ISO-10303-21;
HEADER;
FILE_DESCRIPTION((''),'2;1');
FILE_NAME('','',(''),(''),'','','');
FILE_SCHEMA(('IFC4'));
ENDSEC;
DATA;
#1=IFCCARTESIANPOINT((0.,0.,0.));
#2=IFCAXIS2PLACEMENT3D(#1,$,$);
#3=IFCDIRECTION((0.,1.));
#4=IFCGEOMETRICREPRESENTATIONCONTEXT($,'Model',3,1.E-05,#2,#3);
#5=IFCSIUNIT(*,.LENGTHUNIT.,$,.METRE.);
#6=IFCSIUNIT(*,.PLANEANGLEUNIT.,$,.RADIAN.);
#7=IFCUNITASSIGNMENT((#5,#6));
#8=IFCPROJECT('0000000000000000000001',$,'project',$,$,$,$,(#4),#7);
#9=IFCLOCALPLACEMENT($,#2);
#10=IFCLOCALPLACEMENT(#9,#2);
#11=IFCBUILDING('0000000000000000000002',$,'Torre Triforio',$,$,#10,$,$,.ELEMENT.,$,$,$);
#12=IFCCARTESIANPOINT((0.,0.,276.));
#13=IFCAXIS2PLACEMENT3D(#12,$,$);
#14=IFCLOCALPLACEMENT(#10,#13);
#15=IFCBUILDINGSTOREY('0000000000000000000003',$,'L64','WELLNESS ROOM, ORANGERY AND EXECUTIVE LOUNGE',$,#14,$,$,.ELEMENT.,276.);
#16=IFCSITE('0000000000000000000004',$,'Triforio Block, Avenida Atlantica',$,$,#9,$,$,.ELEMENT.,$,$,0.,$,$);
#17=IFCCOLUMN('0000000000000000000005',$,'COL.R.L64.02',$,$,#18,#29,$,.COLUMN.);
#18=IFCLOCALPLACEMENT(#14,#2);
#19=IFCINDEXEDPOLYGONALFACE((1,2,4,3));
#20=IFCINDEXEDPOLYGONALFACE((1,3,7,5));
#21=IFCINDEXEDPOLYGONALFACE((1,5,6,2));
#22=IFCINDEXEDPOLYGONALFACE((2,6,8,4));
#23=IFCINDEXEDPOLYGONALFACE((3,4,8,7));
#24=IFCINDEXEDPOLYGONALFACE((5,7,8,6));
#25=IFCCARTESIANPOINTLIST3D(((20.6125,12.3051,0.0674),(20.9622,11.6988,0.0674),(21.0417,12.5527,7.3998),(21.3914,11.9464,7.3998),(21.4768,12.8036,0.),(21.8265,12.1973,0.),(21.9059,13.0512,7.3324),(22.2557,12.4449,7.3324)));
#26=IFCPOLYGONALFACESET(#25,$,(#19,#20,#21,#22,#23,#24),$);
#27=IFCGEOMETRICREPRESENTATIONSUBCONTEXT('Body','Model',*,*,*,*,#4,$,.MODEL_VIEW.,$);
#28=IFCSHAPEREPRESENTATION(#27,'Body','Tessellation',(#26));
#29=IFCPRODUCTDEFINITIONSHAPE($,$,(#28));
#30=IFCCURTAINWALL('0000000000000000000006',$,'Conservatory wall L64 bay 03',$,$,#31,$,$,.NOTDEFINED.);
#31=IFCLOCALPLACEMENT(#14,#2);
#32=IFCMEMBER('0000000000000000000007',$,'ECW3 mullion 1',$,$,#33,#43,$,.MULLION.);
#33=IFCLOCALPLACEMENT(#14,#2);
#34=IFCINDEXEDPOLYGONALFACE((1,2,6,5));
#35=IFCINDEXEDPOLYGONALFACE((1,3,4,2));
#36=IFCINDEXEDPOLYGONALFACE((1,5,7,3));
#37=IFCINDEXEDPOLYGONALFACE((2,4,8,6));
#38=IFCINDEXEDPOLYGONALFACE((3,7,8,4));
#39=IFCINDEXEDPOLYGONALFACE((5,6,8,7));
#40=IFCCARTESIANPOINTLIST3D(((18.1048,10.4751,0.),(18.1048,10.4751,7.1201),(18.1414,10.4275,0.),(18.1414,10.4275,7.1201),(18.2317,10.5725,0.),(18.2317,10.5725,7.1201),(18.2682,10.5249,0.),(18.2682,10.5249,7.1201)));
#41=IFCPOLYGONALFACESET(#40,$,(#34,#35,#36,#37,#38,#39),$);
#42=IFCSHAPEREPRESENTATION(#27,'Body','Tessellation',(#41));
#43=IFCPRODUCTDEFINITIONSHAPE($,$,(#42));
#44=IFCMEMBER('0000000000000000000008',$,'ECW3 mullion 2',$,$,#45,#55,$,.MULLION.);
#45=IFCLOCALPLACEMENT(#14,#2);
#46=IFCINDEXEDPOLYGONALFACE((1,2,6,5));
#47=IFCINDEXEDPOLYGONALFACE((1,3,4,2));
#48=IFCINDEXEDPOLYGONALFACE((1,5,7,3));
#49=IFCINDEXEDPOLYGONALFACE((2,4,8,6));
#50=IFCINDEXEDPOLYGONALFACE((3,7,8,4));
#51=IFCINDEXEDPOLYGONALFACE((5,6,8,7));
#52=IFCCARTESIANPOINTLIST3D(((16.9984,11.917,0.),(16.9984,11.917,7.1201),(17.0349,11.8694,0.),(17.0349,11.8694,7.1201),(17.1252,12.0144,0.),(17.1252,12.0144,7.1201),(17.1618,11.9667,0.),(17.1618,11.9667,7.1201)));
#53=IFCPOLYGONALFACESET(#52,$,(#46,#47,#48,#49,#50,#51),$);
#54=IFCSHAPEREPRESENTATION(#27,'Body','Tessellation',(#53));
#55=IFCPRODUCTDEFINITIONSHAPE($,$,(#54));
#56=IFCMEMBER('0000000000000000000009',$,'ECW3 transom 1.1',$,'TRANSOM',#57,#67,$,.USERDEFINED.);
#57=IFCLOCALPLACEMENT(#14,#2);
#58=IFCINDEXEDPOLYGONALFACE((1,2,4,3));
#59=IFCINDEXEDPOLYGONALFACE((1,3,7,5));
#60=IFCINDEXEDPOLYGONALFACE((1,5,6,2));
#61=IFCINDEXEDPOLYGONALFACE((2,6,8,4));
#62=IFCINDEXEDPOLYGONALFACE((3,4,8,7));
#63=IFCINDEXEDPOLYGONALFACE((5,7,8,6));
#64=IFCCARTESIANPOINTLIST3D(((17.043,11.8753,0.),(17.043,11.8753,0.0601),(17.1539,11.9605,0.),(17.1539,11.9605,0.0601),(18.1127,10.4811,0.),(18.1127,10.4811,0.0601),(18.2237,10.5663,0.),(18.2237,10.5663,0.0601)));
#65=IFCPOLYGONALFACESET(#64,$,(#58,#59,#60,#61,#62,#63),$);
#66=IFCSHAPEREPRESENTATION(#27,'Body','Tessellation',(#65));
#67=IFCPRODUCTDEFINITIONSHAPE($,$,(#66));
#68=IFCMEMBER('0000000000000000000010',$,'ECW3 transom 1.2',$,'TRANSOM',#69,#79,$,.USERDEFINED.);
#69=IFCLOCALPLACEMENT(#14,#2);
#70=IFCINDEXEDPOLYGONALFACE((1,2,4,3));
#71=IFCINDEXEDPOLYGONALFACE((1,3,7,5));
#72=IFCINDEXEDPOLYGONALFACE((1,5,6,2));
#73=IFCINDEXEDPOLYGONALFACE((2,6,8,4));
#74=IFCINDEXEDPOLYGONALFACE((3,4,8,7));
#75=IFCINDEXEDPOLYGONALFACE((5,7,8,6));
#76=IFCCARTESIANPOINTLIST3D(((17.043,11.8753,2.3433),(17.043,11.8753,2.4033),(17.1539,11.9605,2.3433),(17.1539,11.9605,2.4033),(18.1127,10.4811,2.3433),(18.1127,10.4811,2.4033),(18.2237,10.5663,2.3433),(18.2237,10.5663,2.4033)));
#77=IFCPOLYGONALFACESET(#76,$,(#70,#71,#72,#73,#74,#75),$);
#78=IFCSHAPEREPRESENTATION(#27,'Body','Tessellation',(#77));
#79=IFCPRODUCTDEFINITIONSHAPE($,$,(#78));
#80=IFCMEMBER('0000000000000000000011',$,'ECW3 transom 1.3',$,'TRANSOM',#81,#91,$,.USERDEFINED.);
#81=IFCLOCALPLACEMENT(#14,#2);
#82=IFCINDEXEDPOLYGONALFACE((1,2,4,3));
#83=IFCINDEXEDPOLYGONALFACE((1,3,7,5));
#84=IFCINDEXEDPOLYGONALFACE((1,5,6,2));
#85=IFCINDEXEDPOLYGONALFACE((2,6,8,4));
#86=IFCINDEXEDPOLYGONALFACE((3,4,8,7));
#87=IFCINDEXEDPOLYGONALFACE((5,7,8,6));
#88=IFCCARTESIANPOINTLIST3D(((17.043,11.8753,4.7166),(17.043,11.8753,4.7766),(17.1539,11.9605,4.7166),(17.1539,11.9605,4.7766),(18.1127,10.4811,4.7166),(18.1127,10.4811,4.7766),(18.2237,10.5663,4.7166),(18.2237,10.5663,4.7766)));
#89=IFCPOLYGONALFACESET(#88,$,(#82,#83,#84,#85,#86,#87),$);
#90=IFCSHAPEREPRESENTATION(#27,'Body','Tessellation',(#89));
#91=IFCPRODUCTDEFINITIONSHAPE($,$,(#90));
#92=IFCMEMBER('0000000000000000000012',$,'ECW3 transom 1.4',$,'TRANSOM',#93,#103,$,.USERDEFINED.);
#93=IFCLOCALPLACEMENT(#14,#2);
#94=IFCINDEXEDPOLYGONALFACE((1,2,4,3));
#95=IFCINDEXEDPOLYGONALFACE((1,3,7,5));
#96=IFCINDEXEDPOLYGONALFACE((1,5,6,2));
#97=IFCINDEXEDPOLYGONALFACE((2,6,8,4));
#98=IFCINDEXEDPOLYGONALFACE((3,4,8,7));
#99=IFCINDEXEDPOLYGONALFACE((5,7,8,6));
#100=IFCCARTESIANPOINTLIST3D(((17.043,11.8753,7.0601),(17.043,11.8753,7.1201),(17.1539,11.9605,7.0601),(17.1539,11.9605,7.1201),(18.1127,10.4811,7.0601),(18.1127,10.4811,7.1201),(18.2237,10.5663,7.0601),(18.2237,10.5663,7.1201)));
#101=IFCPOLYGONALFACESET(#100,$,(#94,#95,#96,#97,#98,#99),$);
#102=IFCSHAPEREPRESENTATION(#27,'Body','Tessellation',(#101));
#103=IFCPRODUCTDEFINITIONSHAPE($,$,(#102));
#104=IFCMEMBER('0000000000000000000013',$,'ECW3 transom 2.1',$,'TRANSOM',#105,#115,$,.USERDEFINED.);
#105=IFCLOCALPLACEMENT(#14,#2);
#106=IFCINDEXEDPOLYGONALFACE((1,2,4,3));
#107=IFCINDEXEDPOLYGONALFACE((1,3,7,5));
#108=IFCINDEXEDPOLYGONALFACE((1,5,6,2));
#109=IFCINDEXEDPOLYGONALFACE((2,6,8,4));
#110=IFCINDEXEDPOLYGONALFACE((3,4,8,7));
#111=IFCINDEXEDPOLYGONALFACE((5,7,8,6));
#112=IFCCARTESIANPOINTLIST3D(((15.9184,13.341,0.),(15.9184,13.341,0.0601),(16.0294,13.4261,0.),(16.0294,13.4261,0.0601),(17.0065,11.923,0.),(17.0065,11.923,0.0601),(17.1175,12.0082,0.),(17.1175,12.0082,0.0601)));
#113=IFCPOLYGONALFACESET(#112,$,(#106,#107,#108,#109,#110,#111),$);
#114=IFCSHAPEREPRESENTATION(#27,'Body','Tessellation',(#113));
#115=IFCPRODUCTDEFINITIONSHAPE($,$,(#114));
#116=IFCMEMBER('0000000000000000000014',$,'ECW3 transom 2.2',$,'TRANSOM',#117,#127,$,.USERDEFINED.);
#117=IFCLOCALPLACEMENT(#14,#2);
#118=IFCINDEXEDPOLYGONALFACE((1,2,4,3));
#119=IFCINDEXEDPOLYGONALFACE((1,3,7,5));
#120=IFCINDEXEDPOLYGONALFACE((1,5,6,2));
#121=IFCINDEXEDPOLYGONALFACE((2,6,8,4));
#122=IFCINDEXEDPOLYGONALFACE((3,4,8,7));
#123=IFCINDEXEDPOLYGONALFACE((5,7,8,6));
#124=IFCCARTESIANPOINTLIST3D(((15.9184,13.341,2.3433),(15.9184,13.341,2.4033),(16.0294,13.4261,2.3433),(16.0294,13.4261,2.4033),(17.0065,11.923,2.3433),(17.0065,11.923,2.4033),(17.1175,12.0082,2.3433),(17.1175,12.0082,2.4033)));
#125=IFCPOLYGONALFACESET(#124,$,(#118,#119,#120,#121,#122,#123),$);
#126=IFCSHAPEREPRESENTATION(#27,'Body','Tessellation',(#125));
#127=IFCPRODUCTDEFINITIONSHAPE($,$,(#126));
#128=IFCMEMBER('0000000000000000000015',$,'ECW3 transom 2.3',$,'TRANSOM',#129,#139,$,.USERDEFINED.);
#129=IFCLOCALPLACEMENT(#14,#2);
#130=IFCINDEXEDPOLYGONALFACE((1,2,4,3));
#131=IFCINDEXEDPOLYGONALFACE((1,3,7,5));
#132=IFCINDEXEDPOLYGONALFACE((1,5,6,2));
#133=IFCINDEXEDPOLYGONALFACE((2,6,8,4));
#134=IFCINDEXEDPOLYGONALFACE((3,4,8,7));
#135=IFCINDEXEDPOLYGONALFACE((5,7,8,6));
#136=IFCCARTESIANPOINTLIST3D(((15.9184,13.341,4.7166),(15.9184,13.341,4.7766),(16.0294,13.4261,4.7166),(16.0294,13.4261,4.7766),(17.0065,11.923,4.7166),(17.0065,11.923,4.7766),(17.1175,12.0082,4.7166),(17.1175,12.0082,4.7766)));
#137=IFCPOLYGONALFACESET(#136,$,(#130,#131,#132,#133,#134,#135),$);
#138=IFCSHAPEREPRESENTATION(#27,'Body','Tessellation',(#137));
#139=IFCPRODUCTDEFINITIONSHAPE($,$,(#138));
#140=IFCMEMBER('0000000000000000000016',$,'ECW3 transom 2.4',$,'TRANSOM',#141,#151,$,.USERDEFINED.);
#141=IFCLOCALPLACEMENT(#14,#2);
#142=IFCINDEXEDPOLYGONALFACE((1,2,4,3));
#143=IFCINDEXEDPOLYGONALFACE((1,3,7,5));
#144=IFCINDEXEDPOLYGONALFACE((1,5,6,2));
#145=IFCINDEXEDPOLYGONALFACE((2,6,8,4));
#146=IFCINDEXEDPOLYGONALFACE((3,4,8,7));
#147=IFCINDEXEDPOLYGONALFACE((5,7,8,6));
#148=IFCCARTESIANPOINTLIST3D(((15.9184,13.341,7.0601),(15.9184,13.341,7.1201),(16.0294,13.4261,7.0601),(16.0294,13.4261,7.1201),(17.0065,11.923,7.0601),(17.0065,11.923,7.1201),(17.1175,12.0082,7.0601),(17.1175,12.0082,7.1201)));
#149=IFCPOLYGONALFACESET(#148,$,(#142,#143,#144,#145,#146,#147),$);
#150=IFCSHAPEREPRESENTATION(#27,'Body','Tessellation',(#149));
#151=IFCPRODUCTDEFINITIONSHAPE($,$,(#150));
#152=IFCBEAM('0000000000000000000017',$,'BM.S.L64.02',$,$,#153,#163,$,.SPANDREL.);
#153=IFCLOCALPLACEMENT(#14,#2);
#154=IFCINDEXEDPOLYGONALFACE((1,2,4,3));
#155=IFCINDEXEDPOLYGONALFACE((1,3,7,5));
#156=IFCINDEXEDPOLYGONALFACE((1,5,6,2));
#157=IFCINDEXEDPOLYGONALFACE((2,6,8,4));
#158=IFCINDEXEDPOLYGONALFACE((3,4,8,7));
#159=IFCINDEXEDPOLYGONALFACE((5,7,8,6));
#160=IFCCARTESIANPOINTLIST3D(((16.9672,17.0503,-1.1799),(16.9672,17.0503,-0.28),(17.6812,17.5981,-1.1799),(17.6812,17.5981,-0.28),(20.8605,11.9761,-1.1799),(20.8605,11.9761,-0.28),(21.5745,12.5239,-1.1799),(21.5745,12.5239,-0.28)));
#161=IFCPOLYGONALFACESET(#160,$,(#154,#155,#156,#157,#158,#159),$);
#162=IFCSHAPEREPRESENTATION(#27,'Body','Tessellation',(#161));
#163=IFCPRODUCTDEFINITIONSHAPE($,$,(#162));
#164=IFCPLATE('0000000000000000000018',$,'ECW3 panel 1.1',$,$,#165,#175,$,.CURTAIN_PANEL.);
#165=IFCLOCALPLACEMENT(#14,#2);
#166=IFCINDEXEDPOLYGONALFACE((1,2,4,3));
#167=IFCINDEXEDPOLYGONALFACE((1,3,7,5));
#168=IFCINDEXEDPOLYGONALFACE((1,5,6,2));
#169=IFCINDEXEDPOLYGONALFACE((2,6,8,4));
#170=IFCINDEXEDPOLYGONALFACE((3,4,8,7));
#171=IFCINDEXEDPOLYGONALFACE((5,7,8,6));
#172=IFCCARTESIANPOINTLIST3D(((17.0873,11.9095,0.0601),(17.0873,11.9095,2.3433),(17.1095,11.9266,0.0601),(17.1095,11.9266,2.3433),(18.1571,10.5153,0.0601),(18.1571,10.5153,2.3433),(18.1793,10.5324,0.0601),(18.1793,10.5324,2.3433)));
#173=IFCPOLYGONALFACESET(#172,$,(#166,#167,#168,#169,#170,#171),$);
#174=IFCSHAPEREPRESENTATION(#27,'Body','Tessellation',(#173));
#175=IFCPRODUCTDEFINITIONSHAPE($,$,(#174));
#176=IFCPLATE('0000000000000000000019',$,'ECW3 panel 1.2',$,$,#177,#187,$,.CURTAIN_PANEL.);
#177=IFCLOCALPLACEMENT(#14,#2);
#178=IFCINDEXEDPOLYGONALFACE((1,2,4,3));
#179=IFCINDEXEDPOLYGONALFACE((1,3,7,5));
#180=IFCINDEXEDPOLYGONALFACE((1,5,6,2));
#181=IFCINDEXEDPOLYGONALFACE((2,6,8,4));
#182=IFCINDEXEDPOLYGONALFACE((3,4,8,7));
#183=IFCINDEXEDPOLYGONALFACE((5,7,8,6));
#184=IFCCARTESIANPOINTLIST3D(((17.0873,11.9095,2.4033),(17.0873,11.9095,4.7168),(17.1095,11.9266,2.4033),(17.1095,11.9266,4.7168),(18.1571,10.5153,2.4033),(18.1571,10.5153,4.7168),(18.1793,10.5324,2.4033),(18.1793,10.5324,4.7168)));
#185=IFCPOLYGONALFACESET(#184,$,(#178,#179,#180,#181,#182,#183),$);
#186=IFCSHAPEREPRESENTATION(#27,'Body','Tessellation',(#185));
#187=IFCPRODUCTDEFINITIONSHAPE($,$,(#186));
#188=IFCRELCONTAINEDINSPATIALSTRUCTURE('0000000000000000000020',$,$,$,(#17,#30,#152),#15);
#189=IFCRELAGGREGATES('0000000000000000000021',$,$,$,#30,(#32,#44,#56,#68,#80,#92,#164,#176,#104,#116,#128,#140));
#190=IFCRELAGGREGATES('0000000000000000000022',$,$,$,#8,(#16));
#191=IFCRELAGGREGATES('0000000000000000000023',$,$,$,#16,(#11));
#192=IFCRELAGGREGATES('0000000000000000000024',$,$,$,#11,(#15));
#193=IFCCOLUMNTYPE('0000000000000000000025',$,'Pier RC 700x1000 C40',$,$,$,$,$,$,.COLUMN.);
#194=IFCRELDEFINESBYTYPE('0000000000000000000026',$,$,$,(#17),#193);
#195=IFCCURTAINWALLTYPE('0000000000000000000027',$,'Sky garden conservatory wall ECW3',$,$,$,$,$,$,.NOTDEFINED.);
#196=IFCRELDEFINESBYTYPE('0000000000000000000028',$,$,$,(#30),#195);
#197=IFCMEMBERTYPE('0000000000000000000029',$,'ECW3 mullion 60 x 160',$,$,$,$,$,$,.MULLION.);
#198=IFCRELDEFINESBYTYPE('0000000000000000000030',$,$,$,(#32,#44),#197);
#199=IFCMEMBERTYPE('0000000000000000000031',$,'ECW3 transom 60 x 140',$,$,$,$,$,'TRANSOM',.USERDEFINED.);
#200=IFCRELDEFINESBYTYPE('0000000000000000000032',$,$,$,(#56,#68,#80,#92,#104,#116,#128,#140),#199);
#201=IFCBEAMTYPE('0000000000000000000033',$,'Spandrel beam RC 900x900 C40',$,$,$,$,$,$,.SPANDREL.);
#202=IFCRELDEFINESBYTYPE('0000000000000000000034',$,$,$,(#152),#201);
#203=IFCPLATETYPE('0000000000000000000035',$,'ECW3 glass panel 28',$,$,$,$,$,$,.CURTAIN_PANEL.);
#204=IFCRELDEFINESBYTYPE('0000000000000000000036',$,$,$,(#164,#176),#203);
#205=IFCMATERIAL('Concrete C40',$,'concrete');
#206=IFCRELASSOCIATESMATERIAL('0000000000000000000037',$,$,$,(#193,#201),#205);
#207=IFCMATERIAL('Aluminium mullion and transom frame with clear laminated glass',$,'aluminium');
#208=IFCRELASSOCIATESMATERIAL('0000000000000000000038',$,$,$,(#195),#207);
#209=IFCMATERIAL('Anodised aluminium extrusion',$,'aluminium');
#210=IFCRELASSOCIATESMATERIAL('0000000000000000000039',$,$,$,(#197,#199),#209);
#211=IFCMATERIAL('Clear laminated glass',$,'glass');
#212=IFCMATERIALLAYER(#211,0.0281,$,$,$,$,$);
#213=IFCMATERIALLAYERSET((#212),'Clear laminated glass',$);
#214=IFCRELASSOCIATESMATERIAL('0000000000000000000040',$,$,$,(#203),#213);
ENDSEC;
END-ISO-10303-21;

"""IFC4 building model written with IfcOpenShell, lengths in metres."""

from ifc_helpers import new_model, si_unit, direction, frame, origin, origin_2d, place, context, subcontext, project, spatial, rectangle, extrude, material, layer, layer_set, material_profile, profile_set, type_object, element, aggregate, save


model = new_model("IFC4")

# Units and contexts
model_context = context("Model", 3, precision=1e-05, world=origin(), true_north=direction((0.0, 1.0)))
body_context = subcontext(model_context, "Body", "Model", "MODEL_VIEW")
ifc_project = project(units=[si_unit("LENGTHUNIT", "METRE"), si_unit("PLANEANGLEUNIT", "RADIAN")], contexts=[model_context])

# Site, building, storey
site_placement = place(None, origin())
site = spatial("IfcSite", under=ifc_project, at=site_placement, Name="Triforio Block, Avenida Atlantica", CompositionType="ELEMENT", RefElevation=0.0)
building_placement = place(site_placement, origin())
building = spatial("IfcBuilding", under=site, at=building_placement, Name="Torre Triforio", CompositionType="ELEMENT")
storey_placement = place(building_placement, frame((0.0, 0.0, 276.0)))
storey = spatial("IfcBuildingStorey", under=building, at=storey_placement, Name="L64", Description="WELLNESS ROOM, ORANGERY AND EXECUTIVE LOUNGE", CompositionType="ELEMENT", Elevation=276.0)

# Column
ifc_material_1 = material(Name="Concrete C40", Category="concrete")
ifc_material_profile_1 = material_profile(ifc_material_1, rectangle(XDim=0.7, YDim=1.0, at=origin_2d()), Name="RC 700x1000")
ifc_profile_set_1 = profile_set([ifc_material_profile_1], Name="Concrete C40")
column_type = type_object("IfcColumnType", Name="Pier RC 700x1000 C40", PredefinedType="COLUMN", material=ifc_profile_set_1)
column_placement = place(storey_placement, frame((21.2195, 12.2512, 0.0337), z_axis=(0.0584, 0.033685, 0.997725), x_axis=(-0.499637, 0.866235, 0.0)))
element("IfcColumn", 1, at=column_placement, inside=storey, type_object=column_type, Name="COL.R.L64.02", PredefinedType="COLUMN", context=body_context, shape_type="SweptSolid", body=[
    extrude(rectangle(XDim=0.7, YDim=1.0, at=origin_2d()), origin(), (0.0, 0.0, 1.0), 7.3491),
])

# Curtain wall, members
ifc_material_2 = material(Name="Aluminium mullion and transom frame with clear laminated glass", Category="aluminium")
curtain_wall_type = type_object("IfcCurtainWallType", Name="Sky garden conservatory wall ECW3", PredefinedType="NOTDEFINED", material=ifc_material_2)
curtain_wall_placement = place(storey_placement, origin())
curtain_wall = element("IfcCurtainWall", 2, at=curtain_wall_placement, inside=storey, type_object=curtain_wall_type, Name="Conservatory wall L64 bay 03", PredefinedType="NOTDEFINED")
ifc_material_3 = material(Name="Anodised aluminium extrusion", Category="aluminium")
ifc_material_profile_2 = material_profile(ifc_material_3, rectangle(XDim=0.1599, YDim=0.0601, at=origin_2d()), Name="ECW3 MULLION 60x160")
ifc_profile_set_2 = profile_set([ifc_material_profile_2], Name="Anodised aluminium extrusion")
member_type_1 = type_object("IfcMemberType", Name="ECW3 mullion 60 x 160", PredefinedType="MULLION", material=ifc_profile_set_2)
member_1_placement = place(storey_placement, frame((18.1865, 10.5, 0.0), z_axis=(0.0, 0.0, 1.0), x_axis=(-0.793352, -0.608763, 0.0)))
member_1 = element("IfcMember", 3, at=member_1_placement, type_object=member_type_1, Name="ECW3 mullion 1", PredefinedType="MULLION", context=body_context, shape_type="SweptSolid", body=[
    extrude(rectangle(XDim=0.1599, YDim=0.0601, at=origin_2d()), origin(), (0.0, 0.0, 1.0), 7.1201),
])
member_2_placement = place(storey_placement, frame((17.0801, 11.9419, 0.0), z_axis=(0.0, 0.0, 1.0), x_axis=(-0.793352, -0.608763, 0.0)))
member_2 = element("IfcMember", 4, at=member_2_placement, type_object=member_type_1, Name="ECW3 mullion 2", PredefinedType="MULLION", context=body_context, shape_type="SweptSolid", body=[
    extrude(rectangle(XDim=0.1599, YDim=0.0601, at=origin_2d()), origin(), (0.0, 0.0, 1.0), 7.1201),
])
ifc_material_profile_3 = material_profile(ifc_material_3, rectangle(XDim=0.1399, YDim=0.0601, at=origin_2d()), Name="ECW3 TRANSOM 60x140")
ifc_profile_set_3 = profile_set([ifc_material_profile_3], Name="Anodised aluminium extrusion")
member_type_2 = type_object("IfcMemberType", Name="ECW3 transom 60 x 140", ElementType="TRANSOM", PredefinedType="USERDEFINED", material=ifc_profile_set_3)
member_3_placement = place(storey_placement, frame((18.1682, 10.5237, 0.03), z_axis=(-0.608744, 0.793367, 0.0), x_axis=(-0.793367, -0.608744, 0.0)))
member_3 = element("IfcMember", 5, at=member_3_placement, type_object=member_type_2, Name="ECW3 transom 1.1", ObjectType="TRANSOM", PredefinedType="USERDEFINED", context=body_context, shape_type="SweptSolid", body=[
    extrude(rectangle(XDim=0.1399, YDim=0.0601, at=origin_2d()), origin(), (0.0, 0.0, 1.0), 1.7573),
])
member_4_placement = place(storey_placement, frame((18.1682, 10.5237, 2.3733), z_axis=(-0.608744, 0.793367, 0.0), x_axis=(-0.793367, -0.608744, 0.0)))
member_4 = element("IfcMember", 6, at=member_4_placement, type_object=member_type_2, Name="ECW3 transom 1.2", ObjectType="TRANSOM", PredefinedType="USERDEFINED", context=body_context, shape_type="SweptSolid", body=[
    extrude(rectangle(XDim=0.1399, YDim=0.0601, at=origin_2d()), origin(), (0.0, 0.0, 1.0), 1.7573),
])
member_5_placement = place(storey_placement, frame((18.1682, 10.5237, 4.7466), z_axis=(-0.608744, 0.793367, 0.0), x_axis=(-0.793367, -0.608744, 0.0)))
member_5 = element("IfcMember", 7, at=member_5_placement, type_object=member_type_2, Name="ECW3 transom 1.3", ObjectType="TRANSOM", PredefinedType="USERDEFINED", context=body_context, shape_type="SweptSolid", body=[
    extrude(rectangle(XDim=0.1399, YDim=0.0601, at=origin_2d()), origin(), (0.0, 0.0, 1.0), 1.7573),
])
member_6_placement = place(storey_placement, frame((18.1682, 10.5237, 7.0901), z_axis=(-0.608744, 0.793367, 0.0), x_axis=(-0.793367, -0.608744, 0.0)))
member_6 = element("IfcMember", 8, at=member_6_placement, type_object=member_type_2, Name="ECW3 transom 1.4", ObjectType="TRANSOM", PredefinedType="USERDEFINED", context=body_context, shape_type="SweptSolid", body=[
    extrude(rectangle(XDim=0.1399, YDim=0.0601, at=origin_2d()), origin(), (0.0, 0.0, 1.0), 1.7573),
])
member_7_placement = place(storey_placement, frame((17.062, 11.9656, 0.03), z_axis=(-0.608793, 0.793329, 0.0), x_axis=(-0.793329, -0.608793, 0.0)))
member_7 = element("IfcMember", 9, at=member_7_placement, type_object=member_type_2, Name="ECW3 transom 2.1", ObjectType="TRANSOM", PredefinedType="USERDEFINED", context=body_context, shape_type="SweptSolid", body=[
    extrude(rectangle(XDim=0.1399, YDim=0.0601, at=origin_2d()), origin(), (0.0, 0.0, 1.0), 1.7874),
])
member_8_placement = place(storey_placement, frame((17.062, 11.9656, 2.3733), z_axis=(-0.608793, 0.793329, 0.0), x_axis=(-0.793329, -0.608793, 0.0)))
member_8 = element("IfcMember", 10, at=member_8_placement, type_object=member_type_2, Name="ECW3 transom 2.2", ObjectType="TRANSOM", PredefinedType="USERDEFINED", context=body_context, shape_type="SweptSolid", body=[
    extrude(rectangle(XDim=0.1399, YDim=0.0601, at=origin_2d()), origin(), (0.0, 0.0, 1.0), 1.7874),
])
member_9_placement = place(storey_placement, frame((17.062, 11.9656, 4.7466), z_axis=(-0.608793, 0.793329, 0.0), x_axis=(-0.793329, -0.608793, 0.0)))
member_9 = element("IfcMember", 11, at=member_9_placement, type_object=member_type_2, Name="ECW3 transom 2.3", ObjectType="TRANSOM", PredefinedType="USERDEFINED", context=body_context, shape_type="SweptSolid", body=[
    extrude(rectangle(XDim=0.1399, YDim=0.0601, at=origin_2d()), origin(), (0.0, 0.0, 1.0), 1.7874),
])
member_10_placement = place(storey_placement, frame((17.062, 11.9656, 7.0901), z_axis=(-0.608793, 0.793329, 0.0), x_axis=(-0.793329, -0.608793, 0.0)))
member_10 = element("IfcMember", 12, at=member_10_placement, type_object=member_type_2, Name="ECW3 transom 2.4", ObjectType="TRANSOM", PredefinedType="USERDEFINED", context=body_context, shape_type="SweptSolid", body=[
    extrude(rectangle(XDim=0.1399, YDim=0.0601, at=origin_2d()), origin(), (0.0, 0.0, 1.0), 1.7874),
])

# Beam
ifc_material_profile_4 = material_profile(ifc_material_1, rectangle(XDim=0.8999, YDim=0.8999, at=origin_2d()), Name="RC 900x900")
ifc_profile_set_4 = profile_set([ifc_material_profile_4], Name="Concrete C40")
beam_type = type_object("IfcBeamType", Name="Spandrel beam RC 900x900 C40", PredefinedType="SPANDREL", material=ifc_profile_set_4)
beam_placement = place(storey_placement, frame((21.2175, 12.25, -0.73), z_axis=(-0.608734, 0.793374, 0.0), x_axis=(-0.793374, -0.608734, 0.0)))
element("IfcBeam", 13, at=beam_placement, inside=storey, type_object=beam_type, Name="BM.S.L64.02", PredefinedType="SPANDREL", context=body_context, shape_type="SweptSolid", body=[
    extrude(rectangle(XDim=0.8999, YDim=0.8999, at=origin_2d()), origin(), (0.0, 0.0, 1.0), 6.3958),
])

# Plates
ifc_material_4 = material(Name="Clear laminated glass", Category="glass")
ifc_layer_1 = layer(ifc_material_4, 0.0281)
ifc_layer_set_1 = layer_set([ifc_layer_1], Name="Clear laminated glass")
plate_type = type_object("IfcPlateType", Name="ECW3 glass panel 28", PredefinedType="CURTAIN_PANEL", material=ifc_layer_set_1)
plate_1_placement = place(storey_placement, frame((17.6333, 11.2209, 0.0601), z_axis=(0.0, 0.0, 1.0), x_axis=(-0.608763, 0.793352, 0.0)))
plate_1 = element("IfcPlate", 14, at=plate_1_placement, type_object=plate_type, Name="ECW3 panel 1.1", PredefinedType="CURTAIN_PANEL", context=body_context, shape_type="SweptSolid", body=[
    extrude(rectangle(XDim=1.7573, YDim=0.0281, at=origin_2d()), origin(), (0.0, 0.0, 1.0), 2.2832),
])
plate_2_placement = place(storey_placement, frame((17.6333, 11.2209, 2.4033), z_axis=(0.0, 0.0, 1.0), x_axis=(-0.608763, 0.793352, 0.0)))
plate_2 = element("IfcPlate", 15, at=plate_2_placement, type_object=plate_type, Name="ECW3 panel 1.2", PredefinedType="CURTAIN_PANEL", context=body_context, shape_type="SweptSolid", body=[
    extrude(rectangle(XDim=1.7573, YDim=0.0281, at=origin_2d()), origin(), (0.0, 0.0, 1.0), 2.3135),
])
aggregate(curtain_wall, [member_1, member_2, member_3, member_4, member_5, member_6, plate_1, plate_2, member_7, member_8, member_9, member_10])

save(model, "model.ifc")
